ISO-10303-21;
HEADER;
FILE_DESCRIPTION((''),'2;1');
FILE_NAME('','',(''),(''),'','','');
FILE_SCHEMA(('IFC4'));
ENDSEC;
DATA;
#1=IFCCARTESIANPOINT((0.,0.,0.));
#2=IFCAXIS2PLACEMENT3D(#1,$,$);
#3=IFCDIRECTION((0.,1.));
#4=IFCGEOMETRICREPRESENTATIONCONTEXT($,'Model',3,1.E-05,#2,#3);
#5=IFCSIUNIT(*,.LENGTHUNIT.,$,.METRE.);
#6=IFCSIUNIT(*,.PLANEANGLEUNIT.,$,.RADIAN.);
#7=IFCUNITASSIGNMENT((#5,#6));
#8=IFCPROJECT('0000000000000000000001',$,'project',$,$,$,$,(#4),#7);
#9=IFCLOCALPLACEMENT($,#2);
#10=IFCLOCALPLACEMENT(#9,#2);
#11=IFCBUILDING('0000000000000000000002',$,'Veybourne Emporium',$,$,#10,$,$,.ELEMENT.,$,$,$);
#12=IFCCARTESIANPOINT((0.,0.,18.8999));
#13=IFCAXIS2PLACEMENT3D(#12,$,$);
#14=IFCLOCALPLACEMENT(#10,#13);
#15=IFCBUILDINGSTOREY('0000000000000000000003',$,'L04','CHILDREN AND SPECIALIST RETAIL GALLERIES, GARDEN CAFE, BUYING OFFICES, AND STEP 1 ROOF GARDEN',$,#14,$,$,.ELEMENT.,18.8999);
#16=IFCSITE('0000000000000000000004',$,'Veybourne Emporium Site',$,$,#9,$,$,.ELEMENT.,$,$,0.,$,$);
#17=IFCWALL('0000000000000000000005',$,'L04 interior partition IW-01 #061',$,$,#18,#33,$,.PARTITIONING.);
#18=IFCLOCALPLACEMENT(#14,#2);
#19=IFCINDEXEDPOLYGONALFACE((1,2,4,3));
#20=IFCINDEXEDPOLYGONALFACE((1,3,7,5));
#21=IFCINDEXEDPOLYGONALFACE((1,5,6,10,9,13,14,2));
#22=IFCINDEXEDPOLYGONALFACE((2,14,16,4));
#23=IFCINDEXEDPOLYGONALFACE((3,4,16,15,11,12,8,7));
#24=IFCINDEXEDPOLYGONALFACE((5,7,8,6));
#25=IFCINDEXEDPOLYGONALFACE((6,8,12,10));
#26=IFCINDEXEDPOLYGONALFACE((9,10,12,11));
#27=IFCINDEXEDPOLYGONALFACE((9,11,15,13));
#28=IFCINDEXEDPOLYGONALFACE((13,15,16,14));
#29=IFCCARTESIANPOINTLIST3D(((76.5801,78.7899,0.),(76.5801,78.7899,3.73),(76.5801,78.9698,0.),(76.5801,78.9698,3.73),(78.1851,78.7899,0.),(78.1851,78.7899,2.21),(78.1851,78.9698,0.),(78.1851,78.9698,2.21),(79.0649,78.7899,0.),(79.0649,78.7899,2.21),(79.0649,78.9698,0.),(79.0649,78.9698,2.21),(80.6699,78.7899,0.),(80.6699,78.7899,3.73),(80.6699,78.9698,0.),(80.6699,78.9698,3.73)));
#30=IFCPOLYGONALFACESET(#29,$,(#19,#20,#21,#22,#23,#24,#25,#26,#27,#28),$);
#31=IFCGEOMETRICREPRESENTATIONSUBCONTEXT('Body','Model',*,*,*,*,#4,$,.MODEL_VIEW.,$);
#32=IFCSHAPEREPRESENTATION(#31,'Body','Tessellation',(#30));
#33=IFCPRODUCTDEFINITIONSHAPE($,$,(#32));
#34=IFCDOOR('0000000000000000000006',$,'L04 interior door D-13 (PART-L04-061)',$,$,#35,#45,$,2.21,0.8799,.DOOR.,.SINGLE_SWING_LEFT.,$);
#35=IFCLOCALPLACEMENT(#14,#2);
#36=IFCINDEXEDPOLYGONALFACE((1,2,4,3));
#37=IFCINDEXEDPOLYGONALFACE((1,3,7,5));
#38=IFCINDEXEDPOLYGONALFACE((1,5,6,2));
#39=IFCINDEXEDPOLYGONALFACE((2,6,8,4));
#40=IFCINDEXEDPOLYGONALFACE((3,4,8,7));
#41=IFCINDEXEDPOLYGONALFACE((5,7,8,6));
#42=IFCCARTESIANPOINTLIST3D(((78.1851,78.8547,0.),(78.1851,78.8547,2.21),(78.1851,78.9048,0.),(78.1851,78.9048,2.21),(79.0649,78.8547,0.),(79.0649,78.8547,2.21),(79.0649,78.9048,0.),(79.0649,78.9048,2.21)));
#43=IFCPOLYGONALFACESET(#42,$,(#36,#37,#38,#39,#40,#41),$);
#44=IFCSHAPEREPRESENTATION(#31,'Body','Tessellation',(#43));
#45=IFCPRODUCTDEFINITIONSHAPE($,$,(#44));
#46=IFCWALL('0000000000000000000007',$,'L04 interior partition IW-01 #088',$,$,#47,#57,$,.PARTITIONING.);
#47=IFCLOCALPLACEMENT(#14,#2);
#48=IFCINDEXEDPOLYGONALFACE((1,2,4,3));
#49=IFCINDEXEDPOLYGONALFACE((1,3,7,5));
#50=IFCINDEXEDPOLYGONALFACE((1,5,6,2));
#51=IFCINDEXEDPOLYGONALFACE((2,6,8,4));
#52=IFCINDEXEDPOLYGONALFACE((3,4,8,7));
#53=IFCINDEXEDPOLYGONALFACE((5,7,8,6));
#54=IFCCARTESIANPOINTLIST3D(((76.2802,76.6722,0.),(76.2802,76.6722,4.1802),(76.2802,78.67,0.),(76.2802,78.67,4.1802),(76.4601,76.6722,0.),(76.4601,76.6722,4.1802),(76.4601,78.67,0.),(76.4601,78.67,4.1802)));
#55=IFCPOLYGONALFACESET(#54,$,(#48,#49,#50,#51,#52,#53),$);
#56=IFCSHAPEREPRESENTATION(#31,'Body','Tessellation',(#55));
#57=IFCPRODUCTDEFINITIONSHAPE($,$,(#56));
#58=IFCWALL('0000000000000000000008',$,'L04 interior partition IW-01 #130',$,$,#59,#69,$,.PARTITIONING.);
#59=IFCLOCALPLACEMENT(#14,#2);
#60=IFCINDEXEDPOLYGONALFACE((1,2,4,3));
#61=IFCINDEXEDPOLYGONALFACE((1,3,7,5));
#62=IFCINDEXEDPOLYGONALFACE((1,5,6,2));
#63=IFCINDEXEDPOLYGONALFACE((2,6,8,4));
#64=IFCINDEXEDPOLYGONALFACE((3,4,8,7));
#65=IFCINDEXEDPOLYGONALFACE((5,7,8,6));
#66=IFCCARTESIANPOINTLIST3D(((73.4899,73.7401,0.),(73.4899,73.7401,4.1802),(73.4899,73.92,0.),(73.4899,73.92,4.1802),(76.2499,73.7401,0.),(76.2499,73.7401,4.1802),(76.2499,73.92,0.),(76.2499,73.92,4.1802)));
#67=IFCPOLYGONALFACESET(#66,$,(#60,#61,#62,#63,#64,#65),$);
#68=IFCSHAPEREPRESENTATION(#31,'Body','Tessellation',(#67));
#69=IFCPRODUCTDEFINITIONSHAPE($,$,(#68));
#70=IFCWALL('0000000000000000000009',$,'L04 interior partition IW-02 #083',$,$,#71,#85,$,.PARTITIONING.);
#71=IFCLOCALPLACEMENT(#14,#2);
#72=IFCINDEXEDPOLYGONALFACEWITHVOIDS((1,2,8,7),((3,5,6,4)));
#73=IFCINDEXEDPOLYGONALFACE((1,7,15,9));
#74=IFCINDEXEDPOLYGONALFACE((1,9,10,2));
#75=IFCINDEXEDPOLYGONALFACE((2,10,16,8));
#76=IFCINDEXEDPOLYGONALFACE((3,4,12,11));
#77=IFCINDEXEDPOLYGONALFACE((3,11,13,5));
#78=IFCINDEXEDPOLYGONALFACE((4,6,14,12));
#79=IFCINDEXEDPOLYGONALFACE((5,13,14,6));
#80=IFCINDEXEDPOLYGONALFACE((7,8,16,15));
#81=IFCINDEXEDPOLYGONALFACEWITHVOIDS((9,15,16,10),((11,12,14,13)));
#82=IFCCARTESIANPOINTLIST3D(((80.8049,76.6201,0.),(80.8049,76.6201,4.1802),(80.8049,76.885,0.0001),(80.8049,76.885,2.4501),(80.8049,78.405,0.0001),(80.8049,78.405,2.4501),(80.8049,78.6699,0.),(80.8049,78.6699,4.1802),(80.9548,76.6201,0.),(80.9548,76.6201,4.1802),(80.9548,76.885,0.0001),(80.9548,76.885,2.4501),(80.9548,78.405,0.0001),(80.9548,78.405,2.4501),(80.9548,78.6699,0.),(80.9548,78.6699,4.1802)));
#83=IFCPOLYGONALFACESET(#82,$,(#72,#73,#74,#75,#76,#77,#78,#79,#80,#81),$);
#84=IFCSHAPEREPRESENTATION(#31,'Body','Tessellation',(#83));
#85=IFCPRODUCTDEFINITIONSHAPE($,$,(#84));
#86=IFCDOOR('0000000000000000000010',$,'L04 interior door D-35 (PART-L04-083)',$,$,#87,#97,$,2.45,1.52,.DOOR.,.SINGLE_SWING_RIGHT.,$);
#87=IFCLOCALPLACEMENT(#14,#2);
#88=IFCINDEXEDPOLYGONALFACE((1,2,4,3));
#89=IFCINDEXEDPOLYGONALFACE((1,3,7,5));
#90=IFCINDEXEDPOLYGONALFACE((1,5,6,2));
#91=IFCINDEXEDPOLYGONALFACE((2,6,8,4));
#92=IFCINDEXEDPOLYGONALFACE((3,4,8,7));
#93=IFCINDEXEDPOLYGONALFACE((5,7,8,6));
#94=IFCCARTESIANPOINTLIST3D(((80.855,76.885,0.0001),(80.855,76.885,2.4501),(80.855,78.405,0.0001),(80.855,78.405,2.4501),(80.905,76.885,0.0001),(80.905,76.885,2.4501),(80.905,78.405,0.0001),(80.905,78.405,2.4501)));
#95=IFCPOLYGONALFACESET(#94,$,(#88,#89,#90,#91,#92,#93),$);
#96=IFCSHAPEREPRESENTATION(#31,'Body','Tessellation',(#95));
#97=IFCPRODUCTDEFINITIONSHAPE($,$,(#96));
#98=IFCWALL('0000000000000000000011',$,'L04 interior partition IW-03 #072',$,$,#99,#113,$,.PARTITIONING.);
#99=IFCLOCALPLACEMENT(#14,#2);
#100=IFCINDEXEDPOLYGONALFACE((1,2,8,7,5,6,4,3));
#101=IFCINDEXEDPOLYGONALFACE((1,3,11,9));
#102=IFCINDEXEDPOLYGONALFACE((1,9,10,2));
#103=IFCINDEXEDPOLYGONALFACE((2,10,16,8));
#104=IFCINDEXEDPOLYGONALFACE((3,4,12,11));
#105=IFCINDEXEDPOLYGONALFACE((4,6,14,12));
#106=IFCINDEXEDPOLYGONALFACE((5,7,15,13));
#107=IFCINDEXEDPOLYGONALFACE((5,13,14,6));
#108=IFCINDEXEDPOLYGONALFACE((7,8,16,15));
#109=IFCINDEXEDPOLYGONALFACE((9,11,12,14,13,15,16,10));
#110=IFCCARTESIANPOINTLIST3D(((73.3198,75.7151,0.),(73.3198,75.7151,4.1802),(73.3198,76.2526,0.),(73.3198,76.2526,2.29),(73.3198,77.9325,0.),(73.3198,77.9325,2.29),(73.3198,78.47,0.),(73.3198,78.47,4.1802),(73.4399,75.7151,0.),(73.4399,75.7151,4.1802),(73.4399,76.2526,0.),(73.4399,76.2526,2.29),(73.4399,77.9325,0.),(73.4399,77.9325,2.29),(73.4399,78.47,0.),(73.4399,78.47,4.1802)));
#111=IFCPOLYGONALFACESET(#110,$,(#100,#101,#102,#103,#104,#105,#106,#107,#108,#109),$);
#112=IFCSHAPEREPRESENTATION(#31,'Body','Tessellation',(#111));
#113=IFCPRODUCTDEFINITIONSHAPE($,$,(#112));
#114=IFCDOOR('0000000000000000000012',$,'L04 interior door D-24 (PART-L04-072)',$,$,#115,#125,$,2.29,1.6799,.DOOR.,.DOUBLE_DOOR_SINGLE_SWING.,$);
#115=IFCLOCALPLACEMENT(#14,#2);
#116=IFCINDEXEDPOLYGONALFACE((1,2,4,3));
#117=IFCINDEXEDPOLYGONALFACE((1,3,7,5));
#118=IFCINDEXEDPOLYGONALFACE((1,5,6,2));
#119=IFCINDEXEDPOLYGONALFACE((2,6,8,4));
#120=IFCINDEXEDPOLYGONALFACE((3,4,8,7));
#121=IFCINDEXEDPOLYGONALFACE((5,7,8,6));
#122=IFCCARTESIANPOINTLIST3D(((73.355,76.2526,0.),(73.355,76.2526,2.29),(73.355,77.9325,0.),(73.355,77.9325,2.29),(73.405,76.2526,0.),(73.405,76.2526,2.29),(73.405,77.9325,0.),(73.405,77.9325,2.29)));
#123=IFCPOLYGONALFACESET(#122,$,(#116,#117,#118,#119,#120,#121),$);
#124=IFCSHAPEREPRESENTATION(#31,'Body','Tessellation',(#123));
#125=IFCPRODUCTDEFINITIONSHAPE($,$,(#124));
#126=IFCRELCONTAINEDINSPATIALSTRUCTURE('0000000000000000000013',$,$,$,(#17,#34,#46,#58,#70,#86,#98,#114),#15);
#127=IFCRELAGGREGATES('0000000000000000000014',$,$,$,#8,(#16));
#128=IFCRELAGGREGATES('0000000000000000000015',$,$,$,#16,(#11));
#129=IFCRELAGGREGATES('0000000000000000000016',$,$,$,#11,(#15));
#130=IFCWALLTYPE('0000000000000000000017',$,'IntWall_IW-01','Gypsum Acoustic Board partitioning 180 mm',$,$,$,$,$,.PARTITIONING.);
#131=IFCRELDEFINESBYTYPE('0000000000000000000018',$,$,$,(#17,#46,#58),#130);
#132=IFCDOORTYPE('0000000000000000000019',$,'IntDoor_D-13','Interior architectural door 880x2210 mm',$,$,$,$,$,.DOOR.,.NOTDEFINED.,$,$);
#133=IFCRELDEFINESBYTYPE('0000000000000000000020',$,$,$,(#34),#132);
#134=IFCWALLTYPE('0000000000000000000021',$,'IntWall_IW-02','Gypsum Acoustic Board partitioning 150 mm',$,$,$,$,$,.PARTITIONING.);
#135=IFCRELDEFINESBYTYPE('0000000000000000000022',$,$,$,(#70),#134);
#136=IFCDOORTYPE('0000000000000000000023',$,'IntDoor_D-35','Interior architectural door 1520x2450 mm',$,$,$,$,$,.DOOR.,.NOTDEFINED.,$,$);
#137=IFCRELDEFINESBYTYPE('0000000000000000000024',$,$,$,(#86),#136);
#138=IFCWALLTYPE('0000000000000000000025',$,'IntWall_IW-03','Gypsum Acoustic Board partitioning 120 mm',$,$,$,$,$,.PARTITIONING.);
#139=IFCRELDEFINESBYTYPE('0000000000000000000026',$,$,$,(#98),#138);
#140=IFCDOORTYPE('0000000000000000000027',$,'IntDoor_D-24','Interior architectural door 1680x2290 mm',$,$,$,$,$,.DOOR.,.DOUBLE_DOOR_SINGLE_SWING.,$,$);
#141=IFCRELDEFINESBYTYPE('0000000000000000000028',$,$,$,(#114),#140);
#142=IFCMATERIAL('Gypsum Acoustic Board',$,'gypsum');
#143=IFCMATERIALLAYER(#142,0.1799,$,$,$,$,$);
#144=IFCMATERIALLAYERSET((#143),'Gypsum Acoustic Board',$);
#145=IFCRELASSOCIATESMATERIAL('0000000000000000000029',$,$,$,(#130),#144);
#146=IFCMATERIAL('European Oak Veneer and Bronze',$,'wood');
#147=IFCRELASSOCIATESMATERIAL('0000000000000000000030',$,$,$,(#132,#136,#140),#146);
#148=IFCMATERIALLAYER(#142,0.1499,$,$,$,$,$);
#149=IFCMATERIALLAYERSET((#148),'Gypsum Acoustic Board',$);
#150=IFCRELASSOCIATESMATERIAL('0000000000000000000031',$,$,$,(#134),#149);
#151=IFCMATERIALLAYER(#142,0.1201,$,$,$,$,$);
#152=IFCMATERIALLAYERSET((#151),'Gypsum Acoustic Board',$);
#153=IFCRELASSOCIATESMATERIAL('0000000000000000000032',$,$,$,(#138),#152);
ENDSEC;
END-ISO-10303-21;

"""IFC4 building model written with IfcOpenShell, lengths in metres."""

from ifc_helpers import new_model, si_unit, direction, frame, frame_2d, origin, place, context, subcontext, project, spatial, rectangle, extrude, material, layer, layer_set, type_object, element, fill, save


model = new_model("IFC4")

# Units and contexts
model_context = context("Model", 3, precision=1e-05, world=origin(), true_north=direction((0.0, 1.0)))
body_context = subcontext(model_context, "Body", "Model", "MODEL_VIEW")
ifc_project = project(units=[si_unit("LENGTHUNIT", "METRE"), si_unit("PLANEANGLEUNIT", "RADIAN")], contexts=[model_context])

# Site, building, storey
site_placement = place(None, origin())
site = spatial("IfcSite", under=ifc_project, at=site_placement, Name="Veybourne Emporium Site", CompositionType="ELEMENT", RefElevation=0.0)
building_placement = place(site_placement, origin())
building = spatial("IfcBuilding", under=site, at=building_placement, Name="Veybourne Emporium", CompositionType="ELEMENT")
storey_placement = place(building_placement, frame((0.0, 0.0, 18.8999)))
storey = spatial("IfcBuildingStorey", under=building, at=storey_placement, Name="L04", Description="CHILDREN AND SPECIALIST RETAIL GALLERIES, GARDEN CAFE, BUYING OFFICES, AND STEP 1 ROOF GARDEN", CompositionType="ELEMENT", Elevation=18.8999)

# Wall, opening, door
ifc_material_1 = material(Name="Gypsum Acoustic Board", Category="gypsum")
ifc_layer_1 = layer(ifc_material_1, 0.1799)
ifc_layer_set_1 = layer_set([ifc_layer_1], Name="Gypsum Acoustic Board")
wall_type_1 = type_object("IfcWallType", Name="IntWall_IW-01", Description="Gypsum Acoustic Board partitioning 180 mm", PredefinedType="PARTITIONING", material=ifc_layer_set_1)
wall_1_placement = place(storey_placement, frame((76.5801, 78.8799, 0.0), z_axis=(0.0, 0.0, 1.0), x_axis=(1.0, 0.0, 0.0)))
wall_1 = element("IfcWall", 1, at=wall_1_placement, inside=storey, type_object=wall_type_1, Name="L04 interior partition IW-01 #061", PredefinedType="PARTITIONING", context=body_context, shape_type="SweptSolid", body=[
    extrude(rectangle(XDim=4.0898, YDim=0.1799, at=frame_2d((2.0449, 0.0))), origin(), (0.0, 0.0, 1.0), 3.73),
])
opening_1_placement = place(wall_1_placement, frame((1.605, 0.0, 0.0)))
opening_1 = element("IfcOpeningElement", 2, at=opening_1_placement, cuts=wall_1, PredefinedType="OPENING", context=body_context, shape_type="SweptSolid", body=[
    extrude(rectangle(XDim=0.8799, YDim=2.21, at=frame_2d((0.4399, 1.105))), frame((0.0, 0.1099, 0.0), z_axis=(0.0, -1.0, 0.0), x_axis=(1.0, 0.0, 0.0)), (0.0, 0.0, 1.0), 0.22),
])
ifc_material_2 = material(Name="European Oak Veneer and Bronze", Category="wood")
door_type_1 = type_object("IfcDoorType", Name="IntDoor_D-13", Description="Interior architectural door 880x2210 mm", OperationType="NOTDEFINED", PredefinedType="DOOR", material=ifc_material_2)
door_1_placement = place(opening_1_placement, origin())
door_1 = element("IfcDoor", 3, at=door_1_placement, inside=storey, type_object=door_type_1, Name="L04 interior door D-13 (PART-L04-061)", OperationType="SINGLE_SWING_LEFT", OverallHeight=2.21, OverallWidth=0.8799, PredefinedType="DOOR", context=body_context, shape_type="SweptSolid", body=[
    extrude(rectangle(XDim=0.8799, YDim=2.21, at=frame_2d((0.4399, 1.105))), frame((0.0, 0.0249, 0.0), z_axis=(0.0, -1.0, 0.0), x_axis=(1.0, 0.0, 0.0)), (0.0, 0.0, 1.0), 0.05),
])
fill(opening_1, door_1)

# Walls
wall_2_placement = place(storey_placement, frame((76.3701, 76.6721, 0.0), z_axis=(0.0, 0.0, 1.0), x_axis=(0.0, 1.0, 0.0)))
element("IfcWall", 4, at=wall_2_placement, inside=storey, type_object=wall_type_1, Name="L04 interior partition IW-01 #088", PredefinedType="PARTITIONING", context=body_context, shape_type="SweptSolid", body=[
    extrude(rectangle(XDim=1.9978, YDim=0.1799, at=frame_2d((0.999, 0.0))), origin(), (0.0, 0.0, 1.0), 4.1802),
])
wall_3_placement = place(storey_placement, frame((73.49, 73.8301, 0.0), z_axis=(0.0, 0.0, 1.0), x_axis=(1.0, 0.0, 0.0)))
element("IfcWall", 5, at=wall_3_placement, inside=storey, type_object=wall_type_1, Name="L04 interior partition IW-01 #130", PredefinedType="PARTITIONING", context=body_context, shape_type="SweptSolid", body=[
    extrude(rectangle(XDim=2.76, YDim=0.1799, at=frame_2d((1.3799, 0.0))), origin(), (0.0, 0.0, 1.0), 4.1802),
])

# Walls, openings, doors
ifc_layer_2 = layer(ifc_material_1, 0.1499)
ifc_layer_set_2 = layer_set([ifc_layer_2], Name="Gypsum Acoustic Board")
wall_type_2 = type_object("IfcWallType", Name="IntWall_IW-02", Description="Gypsum Acoustic Board partitioning 150 mm", PredefinedType="PARTITIONING", material=ifc_layer_set_2)
wall_4_placement = place(storey_placement, frame((80.8799, 76.6201, 0.0), z_axis=(0.0, 0.0, 1.0), x_axis=(0.0, 1.0, 0.0)))
wall_4 = element("IfcWall", 6, at=wall_4_placement, inside=storey, type_object=wall_type_2, Name="L04 interior partition IW-02 #083", PredefinedType="PARTITIONING", context=body_context, shape_type="SweptSolid", body=[
    extrude(rectangle(XDim=2.0498, YDim=0.1499, at=frame_2d((1.0249, 0.0))), origin(), (0.0, 0.0, 1.0), 4.1802),
])
opening_2_placement = place(wall_4_placement, frame((0.2649, 0.0, 0.0)))
opening_2 = element("IfcOpeningElement", 7, at=opening_2_placement, cuts=wall_4, PredefinedType="OPENING", context=body_context, shape_type="SweptSolid", body=[
    extrude(rectangle(XDim=1.52, YDim=2.45, at=frame_2d((0.76, 1.2251))), frame((0.0, 0.095, 0.0), z_axis=(0.0, -1.0, 0.0), x_axis=(1.0, 0.0, 0.0)), (0.0, 0.0, 1.0), 0.1899),
])
door_type_2 = type_object("IfcDoorType", Name="IntDoor_D-35", Description="Interior architectural door 1520x2450 mm", OperationType="NOTDEFINED", PredefinedType="DOOR", material=ifc_material_2)
door_2_placement = place(opening_2_placement, origin())
door_2 = element("IfcDoor", 8, at=door_2_placement, inside=storey, type_object=door_type_2, Name="L04 interior door D-35 (PART-L04-083)", OperationType="SINGLE_SWING_RIGHT", OverallHeight=2.45, OverallWidth=1.52, PredefinedType="DOOR", context=body_context, shape_type="SweptSolid", body=[
    extrude(rectangle(XDim=1.52, YDim=2.45, at=frame_2d((0.76, 1.2251))), frame((0.0, 0.0249, 0.0), z_axis=(0.0, -1.0, 0.0), x_axis=(1.0, 0.0, 0.0)), (0.0, 0.0, 1.0), 0.05),
])
fill(opening_2, door_2)
ifc_layer_3 = layer(ifc_material_1, 0.1201)
ifc_layer_set_3 = layer_set([ifc_layer_3], Name="Gypsum Acoustic Board")
wall_type_3 = type_object("IfcWallType", Name="IntWall_IW-03", Description="Gypsum Acoustic Board partitioning 120 mm", PredefinedType="PARTITIONING", material=ifc_layer_set_3)
wall_5_placement = place(storey_placement, frame((73.3799, 75.7151, 0.0), z_axis=(0.0, 0.0, 1.0), x_axis=(0.0, 1.0, 0.0)))
wall_5 = element("IfcWall", 9, at=wall_5_placement, inside=storey, type_object=wall_type_3, Name="L04 interior partition IW-03 #072", PredefinedType="PARTITIONING", context=body_context, shape_type="SweptSolid", body=[
    extrude(rectangle(XDim=2.7549, YDim=0.1201, at=frame_2d((1.3774, 0.0))), origin(), (0.0, 0.0, 1.0), 4.1802),
])
opening_3_placement = place(wall_5_placement, frame((0.5376, 0.0, 0.0)))
opening_3 = element("IfcOpeningElement", 10, at=opening_3_placement, cuts=wall_5, PredefinedType="OPENING", context=body_context, shape_type="SweptSolid", body=[
    extrude(rectangle(XDim=1.6799, YDim=2.29, at=frame_2d((0.8398, 1.145))), frame((0.0, 0.0801, 0.0), z_axis=(0.0, -1.0, 0.0), x_axis=(1.0, 0.0, 0.0)), (0.0, 0.0, 1.0), 0.1602),
])
door_type_3 = type_object("IfcDoorType", Name="IntDoor_D-24", Description="Interior architectural door 1680x2290 mm", OperationType="DOUBLE_DOOR_SINGLE_SWING", PredefinedType="DOOR", material=ifc_material_2)
door_3_placement = place(opening_3_placement, origin())
door_3 = element("IfcDoor", 11, at=door_3_placement, inside=storey, type_object=door_type_3, Name="L04 interior door D-24 (PART-L04-072)", OperationType="DOUBLE_DOOR_SINGLE_SWING", OverallHeight=2.29, OverallWidth=1.6799, PredefinedType="DOOR", context=body_context, shape_type="SweptSolid", body=[
    extrude(rectangle(XDim=1.6799, YDim=2.29, at=frame_2d((0.8398, 1.145))), frame((0.0, 0.0249, 0.0), z_axis=(0.0, -1.0, 0.0), x_axis=(1.0, 0.0, 0.0)), (0.0, 0.0, 1.0), 0.05),
])
fill(opening_3, door_3)

save(model, "model.ifc")
